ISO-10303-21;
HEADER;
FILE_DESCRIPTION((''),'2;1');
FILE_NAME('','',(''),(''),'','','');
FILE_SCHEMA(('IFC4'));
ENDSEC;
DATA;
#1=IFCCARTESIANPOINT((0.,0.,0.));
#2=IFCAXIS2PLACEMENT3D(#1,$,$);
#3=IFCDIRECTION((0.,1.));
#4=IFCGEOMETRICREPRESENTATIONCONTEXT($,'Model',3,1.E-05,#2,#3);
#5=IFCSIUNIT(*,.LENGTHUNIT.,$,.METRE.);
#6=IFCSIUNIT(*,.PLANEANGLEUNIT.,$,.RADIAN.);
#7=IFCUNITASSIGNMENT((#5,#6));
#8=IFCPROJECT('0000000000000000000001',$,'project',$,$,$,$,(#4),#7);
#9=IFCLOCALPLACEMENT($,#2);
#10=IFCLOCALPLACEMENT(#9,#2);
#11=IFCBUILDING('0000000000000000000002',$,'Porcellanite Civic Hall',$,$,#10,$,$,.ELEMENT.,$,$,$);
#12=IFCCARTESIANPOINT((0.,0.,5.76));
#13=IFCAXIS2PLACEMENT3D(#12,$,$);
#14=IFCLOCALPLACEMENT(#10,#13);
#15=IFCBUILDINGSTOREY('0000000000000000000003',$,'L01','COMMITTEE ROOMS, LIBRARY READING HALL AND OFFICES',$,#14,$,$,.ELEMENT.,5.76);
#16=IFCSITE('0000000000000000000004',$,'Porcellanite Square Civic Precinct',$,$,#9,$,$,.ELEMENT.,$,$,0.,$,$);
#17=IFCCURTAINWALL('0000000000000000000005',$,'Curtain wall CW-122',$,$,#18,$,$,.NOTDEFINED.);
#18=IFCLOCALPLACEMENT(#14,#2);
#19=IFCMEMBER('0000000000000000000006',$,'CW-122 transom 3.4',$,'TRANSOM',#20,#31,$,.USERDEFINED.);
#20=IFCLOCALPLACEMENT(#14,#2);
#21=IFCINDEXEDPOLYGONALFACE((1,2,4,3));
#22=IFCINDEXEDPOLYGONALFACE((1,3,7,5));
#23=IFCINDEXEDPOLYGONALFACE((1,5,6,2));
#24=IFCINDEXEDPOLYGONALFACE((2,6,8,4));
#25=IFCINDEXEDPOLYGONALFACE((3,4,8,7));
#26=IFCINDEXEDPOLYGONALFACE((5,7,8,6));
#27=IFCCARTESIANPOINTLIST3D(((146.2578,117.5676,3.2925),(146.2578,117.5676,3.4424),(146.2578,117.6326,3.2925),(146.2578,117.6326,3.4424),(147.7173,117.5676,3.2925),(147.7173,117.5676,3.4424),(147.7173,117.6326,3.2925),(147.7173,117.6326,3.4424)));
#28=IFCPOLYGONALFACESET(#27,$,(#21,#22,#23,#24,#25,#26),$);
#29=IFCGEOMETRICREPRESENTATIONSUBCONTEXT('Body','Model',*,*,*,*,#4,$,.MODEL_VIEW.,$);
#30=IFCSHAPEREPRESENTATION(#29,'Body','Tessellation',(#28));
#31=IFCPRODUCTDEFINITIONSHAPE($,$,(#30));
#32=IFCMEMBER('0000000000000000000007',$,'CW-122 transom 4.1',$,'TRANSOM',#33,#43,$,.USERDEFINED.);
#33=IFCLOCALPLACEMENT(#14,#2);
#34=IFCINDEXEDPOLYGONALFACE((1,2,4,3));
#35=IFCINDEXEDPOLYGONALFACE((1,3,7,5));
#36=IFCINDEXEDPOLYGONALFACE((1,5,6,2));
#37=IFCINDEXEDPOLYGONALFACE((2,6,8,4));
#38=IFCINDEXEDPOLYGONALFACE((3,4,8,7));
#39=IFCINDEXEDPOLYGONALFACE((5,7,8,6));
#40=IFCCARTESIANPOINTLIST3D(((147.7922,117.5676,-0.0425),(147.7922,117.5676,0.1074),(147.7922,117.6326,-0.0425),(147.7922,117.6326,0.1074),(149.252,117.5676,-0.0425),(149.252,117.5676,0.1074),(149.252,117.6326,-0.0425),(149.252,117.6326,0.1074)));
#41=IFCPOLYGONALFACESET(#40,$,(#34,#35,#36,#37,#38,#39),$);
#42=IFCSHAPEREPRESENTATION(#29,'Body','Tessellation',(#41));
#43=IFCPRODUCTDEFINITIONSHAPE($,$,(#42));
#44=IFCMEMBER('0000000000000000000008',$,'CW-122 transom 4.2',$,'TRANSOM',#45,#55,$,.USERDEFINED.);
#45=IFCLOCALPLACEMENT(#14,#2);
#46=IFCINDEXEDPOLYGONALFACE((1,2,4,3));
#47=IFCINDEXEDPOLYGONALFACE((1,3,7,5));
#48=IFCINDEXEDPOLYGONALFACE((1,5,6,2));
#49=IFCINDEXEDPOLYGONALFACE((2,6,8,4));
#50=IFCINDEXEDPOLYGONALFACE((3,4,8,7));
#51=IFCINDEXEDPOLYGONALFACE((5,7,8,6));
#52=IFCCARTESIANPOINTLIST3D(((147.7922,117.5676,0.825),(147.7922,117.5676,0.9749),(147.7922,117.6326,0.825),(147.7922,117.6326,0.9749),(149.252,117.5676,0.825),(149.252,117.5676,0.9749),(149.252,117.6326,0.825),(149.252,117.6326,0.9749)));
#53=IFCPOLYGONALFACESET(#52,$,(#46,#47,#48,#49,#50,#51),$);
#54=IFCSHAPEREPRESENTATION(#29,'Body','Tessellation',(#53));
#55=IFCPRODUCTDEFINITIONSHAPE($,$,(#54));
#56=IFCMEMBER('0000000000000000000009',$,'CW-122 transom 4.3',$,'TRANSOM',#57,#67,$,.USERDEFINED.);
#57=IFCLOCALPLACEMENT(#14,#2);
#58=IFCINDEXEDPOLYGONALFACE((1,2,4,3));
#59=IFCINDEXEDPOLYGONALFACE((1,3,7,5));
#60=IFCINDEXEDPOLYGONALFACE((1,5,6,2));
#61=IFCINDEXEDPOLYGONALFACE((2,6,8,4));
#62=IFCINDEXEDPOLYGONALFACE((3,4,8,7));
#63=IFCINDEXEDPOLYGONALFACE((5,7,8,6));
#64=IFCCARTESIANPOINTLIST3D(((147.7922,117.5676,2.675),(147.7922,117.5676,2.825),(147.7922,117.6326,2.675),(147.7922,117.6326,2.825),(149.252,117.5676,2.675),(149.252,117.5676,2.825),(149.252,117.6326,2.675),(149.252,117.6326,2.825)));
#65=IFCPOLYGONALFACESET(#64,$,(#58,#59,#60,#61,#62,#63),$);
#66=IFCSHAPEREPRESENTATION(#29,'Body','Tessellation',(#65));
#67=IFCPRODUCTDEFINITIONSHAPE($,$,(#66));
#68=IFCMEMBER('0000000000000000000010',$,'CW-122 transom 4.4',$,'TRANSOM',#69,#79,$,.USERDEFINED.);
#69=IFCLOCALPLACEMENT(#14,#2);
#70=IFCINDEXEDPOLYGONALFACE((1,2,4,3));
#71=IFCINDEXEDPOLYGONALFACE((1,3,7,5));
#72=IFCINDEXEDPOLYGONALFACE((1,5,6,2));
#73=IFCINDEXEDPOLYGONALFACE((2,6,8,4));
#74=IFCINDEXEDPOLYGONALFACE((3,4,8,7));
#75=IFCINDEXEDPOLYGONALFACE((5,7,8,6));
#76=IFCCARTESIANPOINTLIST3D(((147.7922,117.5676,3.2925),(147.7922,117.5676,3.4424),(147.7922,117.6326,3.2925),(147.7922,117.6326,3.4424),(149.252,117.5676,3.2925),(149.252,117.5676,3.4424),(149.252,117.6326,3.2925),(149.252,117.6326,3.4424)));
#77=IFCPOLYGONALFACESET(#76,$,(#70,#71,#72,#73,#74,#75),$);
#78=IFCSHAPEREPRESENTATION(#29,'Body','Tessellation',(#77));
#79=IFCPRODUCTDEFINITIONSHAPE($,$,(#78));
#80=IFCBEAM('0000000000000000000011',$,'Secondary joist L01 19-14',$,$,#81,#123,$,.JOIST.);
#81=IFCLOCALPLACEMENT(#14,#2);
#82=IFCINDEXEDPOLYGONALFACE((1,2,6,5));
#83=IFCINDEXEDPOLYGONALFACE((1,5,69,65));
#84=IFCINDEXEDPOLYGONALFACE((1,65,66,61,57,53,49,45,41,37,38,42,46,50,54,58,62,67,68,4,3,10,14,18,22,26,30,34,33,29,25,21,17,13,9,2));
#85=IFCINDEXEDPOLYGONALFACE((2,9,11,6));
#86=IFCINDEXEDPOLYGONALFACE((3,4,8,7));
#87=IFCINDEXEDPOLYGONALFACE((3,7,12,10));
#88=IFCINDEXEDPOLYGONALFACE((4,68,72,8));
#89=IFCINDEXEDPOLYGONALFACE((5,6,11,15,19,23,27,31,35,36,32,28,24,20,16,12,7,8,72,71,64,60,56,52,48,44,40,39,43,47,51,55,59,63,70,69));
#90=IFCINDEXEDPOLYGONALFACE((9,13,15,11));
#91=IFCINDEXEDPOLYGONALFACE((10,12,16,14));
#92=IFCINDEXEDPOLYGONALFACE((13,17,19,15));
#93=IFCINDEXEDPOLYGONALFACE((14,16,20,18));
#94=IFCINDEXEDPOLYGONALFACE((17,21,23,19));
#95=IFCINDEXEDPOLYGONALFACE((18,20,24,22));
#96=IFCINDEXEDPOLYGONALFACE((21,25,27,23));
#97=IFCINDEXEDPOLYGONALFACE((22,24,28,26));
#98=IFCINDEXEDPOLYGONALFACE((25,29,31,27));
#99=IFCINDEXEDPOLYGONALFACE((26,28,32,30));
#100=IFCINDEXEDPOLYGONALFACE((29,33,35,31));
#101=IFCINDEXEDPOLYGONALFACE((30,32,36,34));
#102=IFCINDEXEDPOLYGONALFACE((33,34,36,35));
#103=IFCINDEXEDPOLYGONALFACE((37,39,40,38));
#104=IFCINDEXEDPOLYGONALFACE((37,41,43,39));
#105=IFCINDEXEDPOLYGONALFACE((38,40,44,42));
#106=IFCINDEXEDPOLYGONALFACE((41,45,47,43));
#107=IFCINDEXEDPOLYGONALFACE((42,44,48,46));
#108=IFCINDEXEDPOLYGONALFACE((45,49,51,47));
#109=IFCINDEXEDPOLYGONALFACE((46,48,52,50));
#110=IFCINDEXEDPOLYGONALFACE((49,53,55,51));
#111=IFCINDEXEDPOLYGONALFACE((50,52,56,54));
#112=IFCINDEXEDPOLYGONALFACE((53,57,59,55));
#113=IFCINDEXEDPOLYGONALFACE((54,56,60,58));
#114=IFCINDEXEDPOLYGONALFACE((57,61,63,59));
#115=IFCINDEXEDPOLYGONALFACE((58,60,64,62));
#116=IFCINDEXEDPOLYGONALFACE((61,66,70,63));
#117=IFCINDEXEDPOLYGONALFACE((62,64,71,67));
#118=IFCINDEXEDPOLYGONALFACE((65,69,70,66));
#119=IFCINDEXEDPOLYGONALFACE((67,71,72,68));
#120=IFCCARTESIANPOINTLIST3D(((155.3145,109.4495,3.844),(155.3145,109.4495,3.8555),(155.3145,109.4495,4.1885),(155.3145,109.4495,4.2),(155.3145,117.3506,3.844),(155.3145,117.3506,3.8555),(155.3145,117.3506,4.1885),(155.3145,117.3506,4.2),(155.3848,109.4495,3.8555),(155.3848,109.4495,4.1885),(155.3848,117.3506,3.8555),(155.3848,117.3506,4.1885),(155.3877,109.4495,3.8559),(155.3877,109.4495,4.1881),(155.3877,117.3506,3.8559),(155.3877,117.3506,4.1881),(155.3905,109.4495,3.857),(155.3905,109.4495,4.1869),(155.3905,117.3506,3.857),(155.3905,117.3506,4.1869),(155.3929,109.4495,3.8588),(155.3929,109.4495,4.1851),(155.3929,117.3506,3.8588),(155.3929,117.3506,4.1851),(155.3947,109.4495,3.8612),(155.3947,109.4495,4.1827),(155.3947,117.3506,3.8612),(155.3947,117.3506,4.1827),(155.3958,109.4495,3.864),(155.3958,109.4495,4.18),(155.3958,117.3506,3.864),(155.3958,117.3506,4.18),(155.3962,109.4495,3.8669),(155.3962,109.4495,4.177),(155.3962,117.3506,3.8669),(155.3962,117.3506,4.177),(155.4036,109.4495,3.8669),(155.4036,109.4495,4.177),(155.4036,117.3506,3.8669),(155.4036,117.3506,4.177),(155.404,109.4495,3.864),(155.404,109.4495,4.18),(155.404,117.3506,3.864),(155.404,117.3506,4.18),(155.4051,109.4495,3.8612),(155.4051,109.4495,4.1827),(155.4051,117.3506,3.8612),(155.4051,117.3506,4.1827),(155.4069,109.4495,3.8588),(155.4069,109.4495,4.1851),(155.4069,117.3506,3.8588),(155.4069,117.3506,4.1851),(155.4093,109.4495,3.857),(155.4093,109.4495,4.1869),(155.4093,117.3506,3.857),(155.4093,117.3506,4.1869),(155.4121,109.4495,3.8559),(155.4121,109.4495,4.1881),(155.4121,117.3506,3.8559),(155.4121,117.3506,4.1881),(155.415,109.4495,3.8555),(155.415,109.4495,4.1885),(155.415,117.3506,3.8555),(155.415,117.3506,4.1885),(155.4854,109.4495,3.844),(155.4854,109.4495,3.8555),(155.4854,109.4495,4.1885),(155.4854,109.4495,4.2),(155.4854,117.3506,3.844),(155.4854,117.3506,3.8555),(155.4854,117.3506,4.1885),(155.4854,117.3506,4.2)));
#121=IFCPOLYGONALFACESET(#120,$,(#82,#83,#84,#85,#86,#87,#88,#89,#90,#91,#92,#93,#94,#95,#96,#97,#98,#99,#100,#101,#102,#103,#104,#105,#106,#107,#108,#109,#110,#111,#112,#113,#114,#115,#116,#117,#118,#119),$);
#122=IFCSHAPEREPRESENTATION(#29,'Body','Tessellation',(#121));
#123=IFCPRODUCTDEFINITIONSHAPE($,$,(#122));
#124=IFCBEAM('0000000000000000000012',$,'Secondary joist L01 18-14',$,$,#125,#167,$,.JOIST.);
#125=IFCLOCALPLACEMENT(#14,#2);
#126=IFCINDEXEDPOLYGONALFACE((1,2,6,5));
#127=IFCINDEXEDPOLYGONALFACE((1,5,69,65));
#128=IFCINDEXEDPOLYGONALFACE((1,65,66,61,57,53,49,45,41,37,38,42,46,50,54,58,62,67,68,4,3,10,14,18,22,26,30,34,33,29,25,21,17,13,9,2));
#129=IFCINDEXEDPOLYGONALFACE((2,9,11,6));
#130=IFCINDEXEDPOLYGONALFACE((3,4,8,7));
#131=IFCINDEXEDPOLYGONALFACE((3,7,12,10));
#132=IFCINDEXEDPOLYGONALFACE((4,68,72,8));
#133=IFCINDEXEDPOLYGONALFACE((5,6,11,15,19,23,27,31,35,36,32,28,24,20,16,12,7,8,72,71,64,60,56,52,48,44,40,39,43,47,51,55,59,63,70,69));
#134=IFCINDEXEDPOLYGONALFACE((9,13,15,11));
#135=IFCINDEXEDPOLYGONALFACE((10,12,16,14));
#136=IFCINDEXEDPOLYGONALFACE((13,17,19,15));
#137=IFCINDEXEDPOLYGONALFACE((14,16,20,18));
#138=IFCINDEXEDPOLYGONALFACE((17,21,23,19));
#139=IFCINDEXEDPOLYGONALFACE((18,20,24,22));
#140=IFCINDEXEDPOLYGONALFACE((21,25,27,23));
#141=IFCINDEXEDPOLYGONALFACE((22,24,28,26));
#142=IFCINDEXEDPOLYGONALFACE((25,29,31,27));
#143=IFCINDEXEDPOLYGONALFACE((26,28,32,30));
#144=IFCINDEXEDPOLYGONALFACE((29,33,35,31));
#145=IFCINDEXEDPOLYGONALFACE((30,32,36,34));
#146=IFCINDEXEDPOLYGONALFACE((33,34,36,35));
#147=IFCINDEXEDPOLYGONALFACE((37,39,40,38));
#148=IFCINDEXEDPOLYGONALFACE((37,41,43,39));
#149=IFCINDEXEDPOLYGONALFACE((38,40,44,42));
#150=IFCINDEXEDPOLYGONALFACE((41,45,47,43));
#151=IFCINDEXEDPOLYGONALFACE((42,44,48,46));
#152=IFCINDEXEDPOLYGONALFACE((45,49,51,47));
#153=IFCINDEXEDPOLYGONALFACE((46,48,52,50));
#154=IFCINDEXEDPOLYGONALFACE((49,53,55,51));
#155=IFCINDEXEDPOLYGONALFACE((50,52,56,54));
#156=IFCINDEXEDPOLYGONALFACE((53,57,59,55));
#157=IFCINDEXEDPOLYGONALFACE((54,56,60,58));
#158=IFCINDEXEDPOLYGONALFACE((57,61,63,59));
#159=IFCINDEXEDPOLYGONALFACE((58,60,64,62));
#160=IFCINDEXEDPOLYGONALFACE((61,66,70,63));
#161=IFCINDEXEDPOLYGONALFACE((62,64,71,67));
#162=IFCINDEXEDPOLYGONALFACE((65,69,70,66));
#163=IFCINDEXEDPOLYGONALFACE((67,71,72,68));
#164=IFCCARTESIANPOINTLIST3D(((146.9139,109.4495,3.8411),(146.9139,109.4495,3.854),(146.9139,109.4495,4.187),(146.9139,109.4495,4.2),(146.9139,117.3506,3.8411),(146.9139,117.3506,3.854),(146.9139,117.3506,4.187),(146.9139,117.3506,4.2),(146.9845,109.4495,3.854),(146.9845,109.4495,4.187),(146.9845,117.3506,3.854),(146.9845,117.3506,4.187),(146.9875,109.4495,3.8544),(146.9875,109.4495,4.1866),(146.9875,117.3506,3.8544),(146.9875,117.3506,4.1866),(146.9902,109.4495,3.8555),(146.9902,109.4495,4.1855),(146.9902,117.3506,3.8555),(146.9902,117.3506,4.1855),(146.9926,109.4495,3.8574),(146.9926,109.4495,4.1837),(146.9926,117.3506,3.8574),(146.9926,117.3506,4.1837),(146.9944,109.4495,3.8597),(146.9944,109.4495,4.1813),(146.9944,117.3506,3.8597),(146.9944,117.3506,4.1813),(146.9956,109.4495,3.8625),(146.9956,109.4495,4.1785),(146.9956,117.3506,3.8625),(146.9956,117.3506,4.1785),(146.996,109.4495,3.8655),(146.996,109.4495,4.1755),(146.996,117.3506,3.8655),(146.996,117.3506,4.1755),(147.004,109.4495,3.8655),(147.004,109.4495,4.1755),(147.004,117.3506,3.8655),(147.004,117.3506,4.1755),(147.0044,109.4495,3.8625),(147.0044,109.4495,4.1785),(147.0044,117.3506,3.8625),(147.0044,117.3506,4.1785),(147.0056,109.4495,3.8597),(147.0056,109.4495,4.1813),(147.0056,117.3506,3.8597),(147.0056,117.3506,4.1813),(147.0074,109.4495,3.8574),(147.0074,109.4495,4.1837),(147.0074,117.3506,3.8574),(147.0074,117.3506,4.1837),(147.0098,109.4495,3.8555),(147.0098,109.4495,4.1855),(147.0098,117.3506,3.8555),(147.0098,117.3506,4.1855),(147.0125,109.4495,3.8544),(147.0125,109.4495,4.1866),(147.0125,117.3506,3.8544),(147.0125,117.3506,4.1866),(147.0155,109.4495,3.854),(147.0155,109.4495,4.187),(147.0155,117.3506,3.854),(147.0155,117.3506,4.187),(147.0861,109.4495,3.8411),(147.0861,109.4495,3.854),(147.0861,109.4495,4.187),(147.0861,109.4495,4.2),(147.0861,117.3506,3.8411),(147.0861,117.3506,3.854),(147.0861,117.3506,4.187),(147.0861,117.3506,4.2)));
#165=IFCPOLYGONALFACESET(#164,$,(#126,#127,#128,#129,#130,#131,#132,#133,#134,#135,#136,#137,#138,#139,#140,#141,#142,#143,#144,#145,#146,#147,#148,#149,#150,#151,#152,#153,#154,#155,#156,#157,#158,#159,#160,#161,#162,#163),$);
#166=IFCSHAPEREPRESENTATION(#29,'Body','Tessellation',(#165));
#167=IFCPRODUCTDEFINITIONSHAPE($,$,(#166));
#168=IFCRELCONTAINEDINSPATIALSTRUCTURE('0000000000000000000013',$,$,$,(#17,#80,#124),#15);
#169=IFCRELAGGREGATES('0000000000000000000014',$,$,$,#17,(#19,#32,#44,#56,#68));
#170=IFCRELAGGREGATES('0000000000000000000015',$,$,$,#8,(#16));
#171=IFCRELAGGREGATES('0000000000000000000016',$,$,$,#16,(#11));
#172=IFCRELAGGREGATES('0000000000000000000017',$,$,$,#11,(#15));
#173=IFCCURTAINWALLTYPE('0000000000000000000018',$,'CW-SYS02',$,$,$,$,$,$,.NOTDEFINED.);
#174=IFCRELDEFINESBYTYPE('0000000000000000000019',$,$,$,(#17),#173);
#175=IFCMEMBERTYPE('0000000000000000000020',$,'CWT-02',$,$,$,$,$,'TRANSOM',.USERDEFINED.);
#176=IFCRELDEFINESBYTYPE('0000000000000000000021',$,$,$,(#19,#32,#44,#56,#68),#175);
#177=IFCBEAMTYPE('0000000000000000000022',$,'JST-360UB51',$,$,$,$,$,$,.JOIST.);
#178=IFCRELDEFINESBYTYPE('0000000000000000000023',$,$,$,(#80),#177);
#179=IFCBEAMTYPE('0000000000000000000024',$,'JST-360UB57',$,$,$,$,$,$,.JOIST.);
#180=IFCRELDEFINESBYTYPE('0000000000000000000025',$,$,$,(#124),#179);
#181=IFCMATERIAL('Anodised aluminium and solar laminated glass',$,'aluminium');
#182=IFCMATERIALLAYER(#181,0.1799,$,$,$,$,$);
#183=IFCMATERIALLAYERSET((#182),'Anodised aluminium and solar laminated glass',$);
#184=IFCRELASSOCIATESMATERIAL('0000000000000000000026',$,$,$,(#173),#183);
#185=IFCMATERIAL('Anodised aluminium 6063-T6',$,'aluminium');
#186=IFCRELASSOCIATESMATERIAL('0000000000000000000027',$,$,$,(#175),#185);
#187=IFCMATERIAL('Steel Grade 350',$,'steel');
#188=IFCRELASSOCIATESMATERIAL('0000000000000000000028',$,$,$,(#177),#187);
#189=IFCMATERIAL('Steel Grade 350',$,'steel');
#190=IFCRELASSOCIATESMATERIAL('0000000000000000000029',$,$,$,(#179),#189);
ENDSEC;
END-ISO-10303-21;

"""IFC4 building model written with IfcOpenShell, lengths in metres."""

from ifc_helpers import new_model, si_unit, direction, frame, origin, origin_2d, place, context, subcontext, project, spatial, rectangle, i_section, extrude, material, layer, layer_set, material_profile, profile_set, type_object, element, aggregate, save


model = new_model("IFC4")

# Units and contexts
model_context = context("Model", 3, precision=1e-05, world=origin(), true_north=direction((0.0, 1.0)))
body_context = subcontext(model_context, "Body", "Model", "MODEL_VIEW")
ifc_project = project(units=[si_unit("LENGTHUNIT", "METRE"), si_unit("PLANEANGLEUNIT", "RADIAN")], contexts=[model_context])

# Site, building, storey
site_placement = place(None, origin())
site = spatial("IfcSite", under=ifc_project, at=site_placement, Name="Porcellanite Square Civic Precinct", CompositionType="ELEMENT", RefElevation=0.0)
building_placement = place(site_placement, origin())
building = spatial("IfcBuilding", under=site, at=building_placement, Name="Porcellanite Civic Hall", CompositionType="ELEMENT")
storey_placement = place(building_placement, frame((0.0, 0.0, 5.76)))
storey = spatial("IfcBuildingStorey", under=building, at=storey_placement, Name="L01", Description="COMMITTEE ROOMS, LIBRARY READING HALL AND OFFICES", CompositionType="ELEMENT", Elevation=5.76)

# Curtain wall, members
ifc_material_1 = material(Name="Anodised aluminium and solar laminated glass", Category="aluminium")
ifc_layer_1 = layer(ifc_material_1, 0.1799)
ifc_layer_set_1 = layer_set([ifc_layer_1], Name="Anodised aluminium and solar laminated glass")
curtain_wall_type = type_object("IfcCurtainWallType", Name="CW-SYS02", PredefinedType="NOTDEFINED", material=ifc_layer_set_1)
curtain_wall_placement = place(storey_placement, origin())
curtain_wall = element("IfcCurtainWall", 1, at=curtain_wall_placement, inside=storey, type_object=curtain_wall_type, Name="Curtain wall CW-122", PredefinedType="NOTDEFINED")
ifc_material_2 = material(Name="Anodised aluminium 6063-T6", Category="aluminium")
ifc_material_profile_1 = material_profile(ifc_material_2, rectangle(XDim=0.0649, YDim=0.1499, at=origin_2d()), Name="AL-65x150")
ifc_profile_set_1 = profile_set([ifc_material_profile_1], Name="Anodised aluminium 6063-T6")
member_type_1 = type_object("IfcMemberType", Name="CWT-02", ElementType="TRANSOM", PredefinedType="USERDEFINED", material=ifc_profile_set_1)
member_1_placement = place(storey_placement, frame((146.2578, 117.6001, 3.3674), z_axis=(1.0, 0.0, 0.0), x_axis=(0.0, 1.0, 0.0)))
member_1 = element("IfcMember", 2, at=member_1_placement, type_object=member_type_1, Name="CW-122 transom 3.4", ObjectType="TRANSOM", PredefinedType="USERDEFINED", context=body_context, shape_type="SweptSolid", body=[
    extrude(rectangle(XDim=0.0649, YDim=0.1499, at=origin_2d()), origin(), (0.0, 0.0, 1.0), 1.4595),
])
member_2_placement = place(storey_placement, frame((147.7922, 117.6001, 0.0325), z_axis=(1.0, 0.0, 0.0), x_axis=(0.0, 1.0, 0.0)))
member_2 = element("IfcMember", 3, at=member_2_placement, type_object=member_type_1, Name="CW-122 transom 4.1", ObjectType="TRANSOM", PredefinedType="USERDEFINED", context=body_context, shape_type="SweptSolid", body=[
    extrude(rectangle(XDim=0.0649, YDim=0.1499, at=origin_2d()), origin(), (0.0, 0.0, 1.0), 1.4597),
])
member_3_placement = place(storey_placement, frame((147.7922, 117.6001, 0.8999), z_axis=(1.0, 0.0, 0.0), x_axis=(0.0, 1.0, 0.0)))
member_3 = element("IfcMember", 4, at=member_3_placement, type_object=member_type_1, Name="CW-122 transom 4.2", ObjectType="TRANSOM", PredefinedType="USERDEFINED", context=body_context, shape_type="SweptSolid", body=[
    extrude(rectangle(XDim=0.0649, YDim=0.1499, at=origin_2d()), origin(), (0.0, 0.0, 1.0), 1.4597),
])
member_4_placement = place(storey_placement, frame((147.7922, 117.6001, 2.75), z_axis=(1.0, 0.0, 0.0), x_axis=(0.0, 1.0, 0.0)))
member_4 = element("IfcMember", 5, at=member_4_placement, type_object=member_type_1, Name="CW-122 transom 4.3", ObjectType="TRANSOM", PredefinedType="USERDEFINED", context=body_context, shape_type="SweptSolid", body=[
    extrude(rectangle(XDim=0.0649, YDim=0.1499, at=origin_2d()), origin(), (0.0, 0.0, 1.0), 1.4597),
])
member_5_placement = place(storey_placement, frame((147.7922, 117.6001, 3.3674), z_axis=(1.0, 0.0, 0.0), x_axis=(0.0, 1.0, 0.0)))
member_5 = element("IfcMember", 6, at=member_5_placement, type_object=member_type_1, Name="CW-122 transom 4.4", ObjectType="TRANSOM", PredefinedType="USERDEFINED", context=body_context, shape_type="SweptSolid", body=[
    extrude(rectangle(XDim=0.0649, YDim=0.1499, at=origin_2d()), origin(), (0.0, 0.0, 1.0), 1.4597),
])

# Beams
ifc_material_3 = material(Name="Steel Grade 350", Category="steel")
ifc_material_profile_2 = material_profile(ifc_material_3, i_section(OverallWidth=0.1709, OverallDepth=0.356, WebThickness=0.0073, FlangeThickness=0.0115, FilletRadius=0.0115, at=origin_2d()), Name="360UB50.7")
ifc_profile_set_2 = profile_set([ifc_material_profile_2], Name="Steel Grade 350")
beam_type_1 = type_object("IfcBeamType", Name="JST-360UB51", PredefinedType="JOIST", material=ifc_profile_set_2)
beam_1_placement = place(storey_placement, frame((155.3999, 109.4495, 4.022), z_axis=(0.0, 1.0, 0.0), x_axis=(-1.0, 0.0, 0.0)))
element("IfcBeam", 7, at=beam_1_placement, inside=storey, type_object=beam_type_1, Name="Secondary joist L01 19-14", PredefinedType="JOIST", context=body_context, shape_type="SweptSolid", body=[
    extrude(i_section(OverallWidth=0.1709, OverallDepth=0.356, WebThickness=0.0073, FlangeThickness=0.0115, FilletRadius=0.0115, at=origin_2d()), origin(), (0.0, 0.0, 1.0), 7.9011),
])
ifc_material_4 = material(Name="Steel Grade 350", Category="steel")
ifc_material_profile_3 = material_profile(ifc_material_4, i_section(OverallWidth=0.1721, OverallDepth=0.3589, WebThickness=0.0081, FlangeThickness=0.0129, FilletRadius=0.0115, at=origin_2d()), Name="360UB56.7")
ifc_profile_set_3 = profile_set([ifc_material_profile_3], Name="Steel Grade 350")
beam_type_2 = type_object("IfcBeamType", Name="JST-360UB57", PredefinedType="JOIST", material=ifc_profile_set_3)
beam_2_placement = place(storey_placement, frame((147.0, 109.4495, 4.0205), z_axis=(0.0, 1.0, 0.0), x_axis=(-1.0, 0.0, 0.0)))
element("IfcBeam", 8, at=beam_2_placement, inside=storey, type_object=beam_type_2, Name="Secondary joist L01 18-14", PredefinedType="JOIST", context=body_context, shape_type="SweptSolid", body=[
    extrude(i_section(OverallWidth=0.1721, OverallDepth=0.3589, WebThickness=0.0081, FlangeThickness=0.0129, FilletRadius=0.0115, at=origin_2d()), origin(), (0.0, 0.0, 1.0), 7.9011),
])

aggregate(curtain_wall, [member_1, member_2, member_3, member_4, member_5])

save(model, "model.ifc")
